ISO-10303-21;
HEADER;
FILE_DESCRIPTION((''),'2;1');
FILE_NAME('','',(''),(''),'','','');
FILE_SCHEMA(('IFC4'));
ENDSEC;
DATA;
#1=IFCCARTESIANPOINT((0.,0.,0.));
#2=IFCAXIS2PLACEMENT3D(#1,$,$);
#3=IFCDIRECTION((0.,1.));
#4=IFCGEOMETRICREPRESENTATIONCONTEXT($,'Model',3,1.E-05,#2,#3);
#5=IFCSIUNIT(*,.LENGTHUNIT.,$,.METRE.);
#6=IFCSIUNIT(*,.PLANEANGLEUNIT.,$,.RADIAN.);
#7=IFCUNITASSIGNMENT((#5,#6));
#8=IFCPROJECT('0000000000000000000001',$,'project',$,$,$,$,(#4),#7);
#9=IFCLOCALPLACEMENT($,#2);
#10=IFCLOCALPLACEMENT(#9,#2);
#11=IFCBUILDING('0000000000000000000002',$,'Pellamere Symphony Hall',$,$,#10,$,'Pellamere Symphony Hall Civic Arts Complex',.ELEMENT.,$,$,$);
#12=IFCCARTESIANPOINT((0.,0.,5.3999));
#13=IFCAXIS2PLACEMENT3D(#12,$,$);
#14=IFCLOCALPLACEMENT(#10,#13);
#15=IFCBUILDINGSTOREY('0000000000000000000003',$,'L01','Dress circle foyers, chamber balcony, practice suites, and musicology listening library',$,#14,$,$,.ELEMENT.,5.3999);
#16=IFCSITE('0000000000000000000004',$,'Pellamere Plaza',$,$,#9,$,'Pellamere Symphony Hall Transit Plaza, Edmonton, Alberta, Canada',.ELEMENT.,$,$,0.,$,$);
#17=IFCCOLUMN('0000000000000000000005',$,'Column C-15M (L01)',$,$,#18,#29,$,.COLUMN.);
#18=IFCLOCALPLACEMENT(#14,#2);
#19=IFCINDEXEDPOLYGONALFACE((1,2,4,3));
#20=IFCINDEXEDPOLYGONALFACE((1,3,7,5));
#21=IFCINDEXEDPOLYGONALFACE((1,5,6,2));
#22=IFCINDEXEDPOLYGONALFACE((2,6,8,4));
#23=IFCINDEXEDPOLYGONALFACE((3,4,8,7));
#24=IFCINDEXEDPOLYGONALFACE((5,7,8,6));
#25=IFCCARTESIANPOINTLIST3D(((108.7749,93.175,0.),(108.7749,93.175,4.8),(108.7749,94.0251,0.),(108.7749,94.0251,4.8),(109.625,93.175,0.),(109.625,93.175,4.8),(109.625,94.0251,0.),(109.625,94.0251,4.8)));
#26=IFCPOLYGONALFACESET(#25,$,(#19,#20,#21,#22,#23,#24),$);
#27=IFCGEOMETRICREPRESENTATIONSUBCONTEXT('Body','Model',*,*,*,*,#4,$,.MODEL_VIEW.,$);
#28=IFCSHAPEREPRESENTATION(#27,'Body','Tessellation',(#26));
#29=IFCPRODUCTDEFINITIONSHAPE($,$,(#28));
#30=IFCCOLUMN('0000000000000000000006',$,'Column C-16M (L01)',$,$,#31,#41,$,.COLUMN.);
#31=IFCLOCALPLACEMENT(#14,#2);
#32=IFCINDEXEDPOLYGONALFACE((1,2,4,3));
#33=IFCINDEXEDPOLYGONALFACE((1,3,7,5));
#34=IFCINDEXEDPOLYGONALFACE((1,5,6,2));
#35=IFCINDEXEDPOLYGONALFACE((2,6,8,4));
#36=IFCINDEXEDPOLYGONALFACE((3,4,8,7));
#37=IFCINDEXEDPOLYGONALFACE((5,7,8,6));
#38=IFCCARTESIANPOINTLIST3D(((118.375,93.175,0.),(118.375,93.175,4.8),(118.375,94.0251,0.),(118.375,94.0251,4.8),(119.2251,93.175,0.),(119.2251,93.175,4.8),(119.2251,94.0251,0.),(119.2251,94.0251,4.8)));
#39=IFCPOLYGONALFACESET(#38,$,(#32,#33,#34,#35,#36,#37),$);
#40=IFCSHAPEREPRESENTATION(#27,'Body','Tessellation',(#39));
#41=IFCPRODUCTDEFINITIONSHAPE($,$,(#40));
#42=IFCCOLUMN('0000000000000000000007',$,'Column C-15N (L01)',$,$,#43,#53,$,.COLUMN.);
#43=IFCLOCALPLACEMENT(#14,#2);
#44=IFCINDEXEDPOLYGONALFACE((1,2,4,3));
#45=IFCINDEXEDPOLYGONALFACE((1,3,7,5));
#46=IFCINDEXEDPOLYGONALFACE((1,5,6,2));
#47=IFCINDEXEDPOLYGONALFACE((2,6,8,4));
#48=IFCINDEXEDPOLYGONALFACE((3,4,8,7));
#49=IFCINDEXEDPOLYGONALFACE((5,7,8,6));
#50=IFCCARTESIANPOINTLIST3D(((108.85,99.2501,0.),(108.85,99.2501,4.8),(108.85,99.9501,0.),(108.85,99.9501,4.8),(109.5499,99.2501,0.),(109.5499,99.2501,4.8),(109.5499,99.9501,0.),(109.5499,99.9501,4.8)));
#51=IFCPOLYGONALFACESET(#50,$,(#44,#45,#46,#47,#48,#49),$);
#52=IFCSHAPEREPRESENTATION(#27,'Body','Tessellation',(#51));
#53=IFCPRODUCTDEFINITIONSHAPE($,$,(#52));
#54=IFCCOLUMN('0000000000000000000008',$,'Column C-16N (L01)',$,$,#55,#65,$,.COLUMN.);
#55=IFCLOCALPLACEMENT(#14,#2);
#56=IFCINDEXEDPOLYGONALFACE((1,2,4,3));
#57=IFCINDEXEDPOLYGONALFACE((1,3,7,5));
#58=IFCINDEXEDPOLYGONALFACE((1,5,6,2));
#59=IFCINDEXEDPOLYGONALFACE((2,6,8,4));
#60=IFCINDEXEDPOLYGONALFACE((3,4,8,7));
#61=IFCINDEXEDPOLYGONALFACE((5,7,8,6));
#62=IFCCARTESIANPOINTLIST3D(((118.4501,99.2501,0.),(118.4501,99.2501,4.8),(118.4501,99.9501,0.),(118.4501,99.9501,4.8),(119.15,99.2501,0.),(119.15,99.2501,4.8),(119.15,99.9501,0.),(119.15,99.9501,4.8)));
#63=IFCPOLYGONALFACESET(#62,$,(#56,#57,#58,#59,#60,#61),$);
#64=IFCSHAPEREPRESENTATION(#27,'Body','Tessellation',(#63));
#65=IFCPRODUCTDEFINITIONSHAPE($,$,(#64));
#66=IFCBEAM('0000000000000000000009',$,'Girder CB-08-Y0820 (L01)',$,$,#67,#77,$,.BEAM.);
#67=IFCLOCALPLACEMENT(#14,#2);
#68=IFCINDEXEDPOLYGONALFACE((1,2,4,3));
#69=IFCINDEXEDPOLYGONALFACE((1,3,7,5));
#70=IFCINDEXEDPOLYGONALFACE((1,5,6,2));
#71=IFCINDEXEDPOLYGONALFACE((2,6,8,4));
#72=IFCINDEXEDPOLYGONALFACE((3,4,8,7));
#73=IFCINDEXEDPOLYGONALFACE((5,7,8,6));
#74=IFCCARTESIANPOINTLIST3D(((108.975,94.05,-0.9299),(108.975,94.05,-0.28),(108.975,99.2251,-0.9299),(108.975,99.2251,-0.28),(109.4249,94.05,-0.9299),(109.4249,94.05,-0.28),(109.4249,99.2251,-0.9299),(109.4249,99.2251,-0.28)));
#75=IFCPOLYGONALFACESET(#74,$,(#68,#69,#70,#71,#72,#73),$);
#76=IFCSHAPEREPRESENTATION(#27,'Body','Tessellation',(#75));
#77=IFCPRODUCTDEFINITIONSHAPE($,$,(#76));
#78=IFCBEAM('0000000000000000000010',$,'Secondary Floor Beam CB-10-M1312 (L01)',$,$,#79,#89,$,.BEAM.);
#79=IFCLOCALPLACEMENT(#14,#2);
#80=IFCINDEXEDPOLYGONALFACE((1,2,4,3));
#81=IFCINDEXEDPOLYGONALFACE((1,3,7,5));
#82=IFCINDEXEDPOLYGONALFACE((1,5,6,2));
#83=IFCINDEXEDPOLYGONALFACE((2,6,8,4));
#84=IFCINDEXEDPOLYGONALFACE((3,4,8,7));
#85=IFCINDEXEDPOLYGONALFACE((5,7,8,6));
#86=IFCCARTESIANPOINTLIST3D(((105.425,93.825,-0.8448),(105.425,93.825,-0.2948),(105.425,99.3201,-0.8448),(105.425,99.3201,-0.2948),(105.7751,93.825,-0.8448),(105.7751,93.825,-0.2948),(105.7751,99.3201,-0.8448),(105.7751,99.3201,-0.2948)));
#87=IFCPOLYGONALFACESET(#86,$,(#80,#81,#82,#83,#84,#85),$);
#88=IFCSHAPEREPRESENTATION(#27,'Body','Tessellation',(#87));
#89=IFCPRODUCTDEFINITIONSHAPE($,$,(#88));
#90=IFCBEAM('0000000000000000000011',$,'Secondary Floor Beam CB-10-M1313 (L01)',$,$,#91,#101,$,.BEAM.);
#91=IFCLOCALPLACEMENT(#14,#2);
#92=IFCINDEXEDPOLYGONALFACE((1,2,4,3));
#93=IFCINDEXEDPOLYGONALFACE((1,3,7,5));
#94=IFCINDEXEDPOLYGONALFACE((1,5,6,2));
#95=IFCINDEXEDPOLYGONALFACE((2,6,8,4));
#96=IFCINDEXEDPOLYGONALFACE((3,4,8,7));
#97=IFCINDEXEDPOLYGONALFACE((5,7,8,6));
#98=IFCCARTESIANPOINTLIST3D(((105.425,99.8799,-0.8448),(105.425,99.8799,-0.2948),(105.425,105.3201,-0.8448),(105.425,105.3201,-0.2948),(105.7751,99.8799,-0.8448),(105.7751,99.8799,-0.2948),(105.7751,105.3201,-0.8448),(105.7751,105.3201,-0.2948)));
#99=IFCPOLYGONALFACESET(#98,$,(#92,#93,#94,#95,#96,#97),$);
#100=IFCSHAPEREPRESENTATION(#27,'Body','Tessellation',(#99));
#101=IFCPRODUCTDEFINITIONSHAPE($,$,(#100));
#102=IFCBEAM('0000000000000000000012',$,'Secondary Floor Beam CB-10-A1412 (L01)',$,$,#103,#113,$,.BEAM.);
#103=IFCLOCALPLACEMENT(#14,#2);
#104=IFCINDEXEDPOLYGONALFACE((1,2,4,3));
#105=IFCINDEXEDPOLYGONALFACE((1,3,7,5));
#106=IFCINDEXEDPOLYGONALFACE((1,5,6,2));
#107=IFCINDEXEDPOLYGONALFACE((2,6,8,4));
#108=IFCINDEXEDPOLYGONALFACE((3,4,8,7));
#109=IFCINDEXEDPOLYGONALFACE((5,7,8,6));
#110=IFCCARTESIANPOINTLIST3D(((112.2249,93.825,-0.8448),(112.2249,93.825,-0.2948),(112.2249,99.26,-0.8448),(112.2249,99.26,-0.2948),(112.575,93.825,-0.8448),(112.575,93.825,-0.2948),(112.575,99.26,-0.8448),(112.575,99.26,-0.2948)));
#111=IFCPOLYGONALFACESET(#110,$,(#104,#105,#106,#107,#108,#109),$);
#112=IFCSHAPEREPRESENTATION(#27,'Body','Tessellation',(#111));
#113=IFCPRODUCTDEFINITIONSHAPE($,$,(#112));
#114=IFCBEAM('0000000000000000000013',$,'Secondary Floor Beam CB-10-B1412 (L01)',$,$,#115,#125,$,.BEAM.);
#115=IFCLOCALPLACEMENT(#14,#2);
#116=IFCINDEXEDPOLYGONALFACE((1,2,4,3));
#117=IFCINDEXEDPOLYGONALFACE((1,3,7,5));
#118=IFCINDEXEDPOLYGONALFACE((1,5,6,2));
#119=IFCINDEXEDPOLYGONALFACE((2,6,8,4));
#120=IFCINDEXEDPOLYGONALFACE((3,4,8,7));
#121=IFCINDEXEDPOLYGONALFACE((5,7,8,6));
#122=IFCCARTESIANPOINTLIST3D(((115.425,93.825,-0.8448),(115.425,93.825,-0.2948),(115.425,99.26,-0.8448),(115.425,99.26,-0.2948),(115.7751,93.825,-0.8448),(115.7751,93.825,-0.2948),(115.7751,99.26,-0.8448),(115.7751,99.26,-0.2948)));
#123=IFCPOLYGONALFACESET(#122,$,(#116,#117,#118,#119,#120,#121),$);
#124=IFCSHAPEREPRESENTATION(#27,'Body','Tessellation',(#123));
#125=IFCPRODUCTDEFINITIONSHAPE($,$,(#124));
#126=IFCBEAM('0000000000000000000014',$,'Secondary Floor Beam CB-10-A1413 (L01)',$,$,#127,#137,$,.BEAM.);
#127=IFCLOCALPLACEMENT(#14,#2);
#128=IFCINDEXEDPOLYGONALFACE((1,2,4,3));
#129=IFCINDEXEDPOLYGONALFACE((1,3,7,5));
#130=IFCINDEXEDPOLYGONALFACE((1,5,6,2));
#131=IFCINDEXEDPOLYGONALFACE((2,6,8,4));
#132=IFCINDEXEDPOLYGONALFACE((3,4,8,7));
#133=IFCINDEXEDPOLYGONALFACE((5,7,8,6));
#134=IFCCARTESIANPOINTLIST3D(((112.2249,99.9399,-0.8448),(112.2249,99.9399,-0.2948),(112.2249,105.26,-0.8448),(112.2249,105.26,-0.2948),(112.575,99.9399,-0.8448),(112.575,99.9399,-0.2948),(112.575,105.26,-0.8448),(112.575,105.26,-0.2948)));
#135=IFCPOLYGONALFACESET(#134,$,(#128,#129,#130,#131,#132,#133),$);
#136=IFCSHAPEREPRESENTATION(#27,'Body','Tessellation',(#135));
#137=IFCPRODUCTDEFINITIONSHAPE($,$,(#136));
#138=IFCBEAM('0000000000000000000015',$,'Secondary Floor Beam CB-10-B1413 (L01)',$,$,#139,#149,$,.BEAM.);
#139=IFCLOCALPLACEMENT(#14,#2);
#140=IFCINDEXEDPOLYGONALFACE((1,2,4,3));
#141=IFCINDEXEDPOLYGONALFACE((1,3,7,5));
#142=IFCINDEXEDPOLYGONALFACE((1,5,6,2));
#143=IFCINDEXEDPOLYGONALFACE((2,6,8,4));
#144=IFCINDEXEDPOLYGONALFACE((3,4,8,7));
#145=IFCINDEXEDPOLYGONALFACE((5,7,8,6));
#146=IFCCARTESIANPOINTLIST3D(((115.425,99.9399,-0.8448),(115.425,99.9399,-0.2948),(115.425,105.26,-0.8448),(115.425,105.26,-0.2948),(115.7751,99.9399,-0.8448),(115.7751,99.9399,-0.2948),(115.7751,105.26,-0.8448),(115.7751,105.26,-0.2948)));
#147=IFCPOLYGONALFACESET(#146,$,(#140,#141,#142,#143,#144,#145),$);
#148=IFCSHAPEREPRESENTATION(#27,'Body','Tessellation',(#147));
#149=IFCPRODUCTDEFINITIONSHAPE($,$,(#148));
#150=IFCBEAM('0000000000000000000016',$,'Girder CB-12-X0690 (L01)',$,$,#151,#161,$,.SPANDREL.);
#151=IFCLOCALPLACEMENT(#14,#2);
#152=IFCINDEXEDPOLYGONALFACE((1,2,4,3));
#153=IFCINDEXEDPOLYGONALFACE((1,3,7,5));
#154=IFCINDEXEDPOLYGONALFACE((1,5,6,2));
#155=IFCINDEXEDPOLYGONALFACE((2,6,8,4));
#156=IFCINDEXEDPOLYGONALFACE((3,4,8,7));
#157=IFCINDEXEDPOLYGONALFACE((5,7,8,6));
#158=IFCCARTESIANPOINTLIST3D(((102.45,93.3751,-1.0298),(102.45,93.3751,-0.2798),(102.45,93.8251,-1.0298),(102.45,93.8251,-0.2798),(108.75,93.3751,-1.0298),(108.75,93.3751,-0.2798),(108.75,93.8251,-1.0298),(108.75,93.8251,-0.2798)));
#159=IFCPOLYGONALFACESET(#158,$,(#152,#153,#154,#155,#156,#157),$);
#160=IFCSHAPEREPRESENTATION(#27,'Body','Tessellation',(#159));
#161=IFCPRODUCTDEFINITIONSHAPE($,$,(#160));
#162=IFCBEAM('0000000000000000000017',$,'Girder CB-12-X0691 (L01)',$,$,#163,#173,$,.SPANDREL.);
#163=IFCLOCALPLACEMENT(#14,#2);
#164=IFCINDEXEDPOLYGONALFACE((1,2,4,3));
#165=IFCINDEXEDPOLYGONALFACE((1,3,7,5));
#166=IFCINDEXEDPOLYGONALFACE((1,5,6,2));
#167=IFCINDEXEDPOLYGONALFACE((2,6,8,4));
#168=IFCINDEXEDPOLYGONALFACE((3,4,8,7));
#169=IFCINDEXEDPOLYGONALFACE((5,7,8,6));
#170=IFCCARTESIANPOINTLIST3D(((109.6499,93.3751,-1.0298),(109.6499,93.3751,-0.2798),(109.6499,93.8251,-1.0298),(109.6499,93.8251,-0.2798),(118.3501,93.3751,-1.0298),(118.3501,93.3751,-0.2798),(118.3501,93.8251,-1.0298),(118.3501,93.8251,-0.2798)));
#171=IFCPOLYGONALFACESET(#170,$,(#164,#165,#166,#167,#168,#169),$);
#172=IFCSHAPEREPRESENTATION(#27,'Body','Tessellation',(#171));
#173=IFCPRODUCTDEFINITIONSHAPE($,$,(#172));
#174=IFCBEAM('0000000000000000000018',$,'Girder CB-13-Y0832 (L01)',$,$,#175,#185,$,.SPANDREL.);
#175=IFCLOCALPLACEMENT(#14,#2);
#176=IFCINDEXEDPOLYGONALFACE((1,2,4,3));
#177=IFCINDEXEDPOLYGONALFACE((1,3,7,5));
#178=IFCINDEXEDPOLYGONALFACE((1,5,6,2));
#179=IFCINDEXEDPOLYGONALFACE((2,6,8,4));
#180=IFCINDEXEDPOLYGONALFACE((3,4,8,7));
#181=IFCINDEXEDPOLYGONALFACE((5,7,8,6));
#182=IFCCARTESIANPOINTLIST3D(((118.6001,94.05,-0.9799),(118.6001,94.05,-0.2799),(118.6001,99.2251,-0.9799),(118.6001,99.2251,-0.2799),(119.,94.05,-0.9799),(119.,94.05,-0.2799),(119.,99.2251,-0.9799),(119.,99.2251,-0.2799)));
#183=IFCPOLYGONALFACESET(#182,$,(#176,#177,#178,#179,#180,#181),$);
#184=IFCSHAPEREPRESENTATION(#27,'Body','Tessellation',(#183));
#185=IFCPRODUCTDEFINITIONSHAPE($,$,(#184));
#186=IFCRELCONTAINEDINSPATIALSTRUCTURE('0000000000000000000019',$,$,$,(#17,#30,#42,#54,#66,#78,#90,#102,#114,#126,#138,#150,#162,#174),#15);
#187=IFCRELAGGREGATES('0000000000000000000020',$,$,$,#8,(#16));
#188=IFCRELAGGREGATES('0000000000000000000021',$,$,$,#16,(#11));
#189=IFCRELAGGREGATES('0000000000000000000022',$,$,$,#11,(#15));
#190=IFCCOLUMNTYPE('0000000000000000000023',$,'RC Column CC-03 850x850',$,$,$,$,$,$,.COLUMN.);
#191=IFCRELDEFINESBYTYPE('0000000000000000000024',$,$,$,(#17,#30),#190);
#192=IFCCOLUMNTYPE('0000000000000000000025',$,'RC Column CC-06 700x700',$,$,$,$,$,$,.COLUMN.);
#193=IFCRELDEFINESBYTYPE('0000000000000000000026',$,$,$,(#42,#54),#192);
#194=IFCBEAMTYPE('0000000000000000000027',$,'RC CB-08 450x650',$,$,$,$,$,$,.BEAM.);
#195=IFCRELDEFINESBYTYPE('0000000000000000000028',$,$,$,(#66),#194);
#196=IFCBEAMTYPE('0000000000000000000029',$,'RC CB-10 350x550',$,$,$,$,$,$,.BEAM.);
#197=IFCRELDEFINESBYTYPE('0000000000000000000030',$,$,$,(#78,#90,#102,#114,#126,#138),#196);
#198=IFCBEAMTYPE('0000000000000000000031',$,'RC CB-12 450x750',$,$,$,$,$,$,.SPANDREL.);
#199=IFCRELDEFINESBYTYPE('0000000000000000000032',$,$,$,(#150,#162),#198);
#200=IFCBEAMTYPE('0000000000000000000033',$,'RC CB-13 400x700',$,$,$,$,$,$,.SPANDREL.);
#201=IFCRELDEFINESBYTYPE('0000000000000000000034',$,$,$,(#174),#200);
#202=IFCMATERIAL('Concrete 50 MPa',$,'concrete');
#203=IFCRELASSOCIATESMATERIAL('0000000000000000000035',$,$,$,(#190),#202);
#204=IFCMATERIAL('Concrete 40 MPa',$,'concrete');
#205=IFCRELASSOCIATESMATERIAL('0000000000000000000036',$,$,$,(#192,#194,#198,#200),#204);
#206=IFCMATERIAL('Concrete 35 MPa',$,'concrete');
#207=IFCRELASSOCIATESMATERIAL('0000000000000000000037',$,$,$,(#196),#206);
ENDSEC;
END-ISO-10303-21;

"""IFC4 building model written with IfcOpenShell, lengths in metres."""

from ifc_helpers import new_model, si_unit, direction, frame, origin, origin_2d, place, context, subcontext, project, spatial, rectangle, extrude, material, material_profile, profile_set, type_object, element, save


model = new_model("IFC4")

# Units and contexts
model_context = context("Model", 3, precision=1e-05, world=origin(), true_north=direction((0.0, 1.0)))
body_context = subcontext(model_context, "Body", "Model", "MODEL_VIEW")
ifc_project = project(units=[si_unit("LENGTHUNIT", "METRE"), si_unit("PLANEANGLEUNIT", "RADIAN")], contexts=[model_context])

# Site, building, storey
site_placement = place(None, origin())
site = spatial("IfcSite", under=ifc_project, at=site_placement, Name="Pellamere Plaza", LongName="Pellamere Symphony Hall Transit Plaza, Edmonton, Alberta, Canada", CompositionType="ELEMENT", RefElevation=0.0)
building_placement = place(site_placement, origin())
building = spatial("IfcBuilding", under=site, at=building_placement, Name="Pellamere Symphony Hall", LongName="Pellamere Symphony Hall Civic Arts Complex", CompositionType="ELEMENT")
storey_placement = place(building_placement, frame((0.0, 0.0, 5.3999)))
storey = spatial("IfcBuildingStorey", under=building, at=storey_placement, Name="L01", Description="Dress circle foyers, chamber balcony, practice suites, and musicology listening library", CompositionType="ELEMENT", Elevation=5.3999)

# Columns
ifc_material_1 = material(Name="Concrete 50 MPa", Category="concrete")
ifc_material_profile_1 = material_profile(ifc_material_1, rectangle(XDim=0.8501, YDim=0.8501, at=origin_2d()), Name="RC 850x850")
ifc_profile_set_1 = profile_set([ifc_material_profile_1], Name="Concrete 50 MPa")
column_type_1 = type_object("IfcColumnType", Name="RC Column CC-03 850x850", PredefinedType="COLUMN", material=ifc_profile_set_1)
for number, where, z_axis, x_axis, name in (
    (1, (109.2, 93.6001, 0.0), (0.0, 0.0, 1.0), (1.0, 0.0, 0.0), "Column C-15M (L01)"),
    (2, (118.8, 93.6001, 0.0), (0.0, 0.0, 1.0), (1.0, 0.0, 0.0), "Column C-16M (L01)"),
):
    element("IfcColumn", number, at=place(storey_placement, frame(where, z_axis=z_axis, x_axis=x_axis)), inside=storey, type_object=column_type_1, Name=name, PredefinedType="COLUMN", context=body_context, shape_type="SweptSolid", body=[
        extrude(rectangle(XDim=0.8501, YDim=0.8501, at=origin_2d()), origin(), (0.0, 0.0, 1.0), 4.8),
    ])
ifc_material_2 = material(Name="Concrete 40 MPa", Category="concrete")
ifc_material_profile_2 = material_profile(ifc_material_2, rectangle(XDim=0.7, YDim=0.7, at=origin_2d()), Name="RC 700x700")
ifc_profile_set_2 = profile_set([ifc_material_profile_2], Name="Concrete 40 MPa")
column_type_2 = type_object("IfcColumnType", Name="RC Column CC-06 700x700", PredefinedType="COLUMN", material=ifc_profile_set_2)
for number, where, z_axis, x_axis, name in (
    (3, (109.2, 99.6001, 0.0), (0.0, 0.0, 1.0), (1.0, 0.0, 0.0), "Column C-15N (L01)"),
    (4, (118.8, 99.6001, 0.0), (0.0, 0.0, 1.0), (1.0, 0.0, 0.0), "Column C-16N (L01)"),
):
    element("IfcColumn", number, at=place(storey_placement, frame(where, z_axis=z_axis, x_axis=x_axis)), inside=storey, type_object=column_type_2, Name=name, PredefinedType="COLUMN", context=body_context, shape_type="SweptSolid", body=[
        extrude(rectangle(XDim=0.7, YDim=0.7, at=origin_2d()), origin(), (0.0, 0.0, 1.0), 4.8),
    ])

# Beams
ifc_material_profile_3 = material_profile(ifc_material_2, rectangle(XDim=0.45, YDim=0.6499, at=origin_2d()), Name="RC 450x650")
ifc_profile_set_3 = profile_set([ifc_material_profile_3], Name="Concrete 40 MPa")
beam_type_1 = type_object("IfcBeamType", Name="RC CB-08 450x650", PredefinedType="BEAM", material=ifc_profile_set_3)
beam_1_placement = place(storey_placement, frame((109.2, 94.05, -0.605), z_axis=(0.0, 1.0, 0.0), x_axis=(-1.0, 0.0, 0.0)))
element("IfcBeam", 5, at=beam_1_placement, inside=storey, type_object=beam_type_1, Name="Girder CB-08-Y0820 (L01)", PredefinedType="BEAM", context=body_context, shape_type="SweptSolid", body=[
    extrude(rectangle(XDim=0.45, YDim=0.6499, at=origin_2d()), origin(), (0.0, 0.0, 1.0), 5.175),
])
ifc_material_3 = material(Name="Concrete 35 MPa", Category="concrete")
ifc_material_profile_4 = material_profile(ifc_material_3, rectangle(XDim=0.3501, YDim=0.55, at=origin_2d()), Name="RC 350x550")
ifc_profile_set_4 = profile_set([ifc_material_profile_4], Name="Concrete 35 MPa")
beam_type_2 = type_object("IfcBeamType", Name="RC CB-10 350x550", PredefinedType="BEAM", material=ifc_profile_set_4)
beam_2_placement = place(storey_placement, frame((105.6001, 93.825, -0.5698), z_axis=(0.0, 1.0, 0.0), x_axis=(-1.0, 0.0, 0.0)))
element("IfcBeam", 6, at=beam_2_placement, inside=storey, type_object=beam_type_2, Name="Secondary Floor Beam CB-10-M1312 (L01)", PredefinedType="BEAM", context=body_context, shape_type="SweptSolid", body=[
    extrude(rectangle(XDim=0.3501, YDim=0.55, at=origin_2d()), origin(), (0.0, 0.0, 1.0), 5.4951),
])
beam_3_placement = place(storey_placement, frame((105.6001, 99.8799, -0.5698), z_axis=(0.0, 1.0, 0.0), x_axis=(-1.0, 0.0, 0.0)))
element("IfcBeam", 7, at=beam_3_placement, inside=storey, type_object=beam_type_2, Name="Secondary Floor Beam CB-10-M1313 (L01)", PredefinedType="BEAM", context=body_context, shape_type="SweptSolid", body=[
    extrude(rectangle(XDim=0.3501, YDim=0.55, at=origin_2d()), origin(), (0.0, 0.0, 1.0), 5.4402),
])
for number, where, z_axis, x_axis, name in (
    (8, (112.3999, 93.825, -0.5698), (0.0, 1.0, 0.0), (-1.0, 0.0, 0.0), "Secondary Floor Beam CB-10-A1412 (L01)"),
    (9, (115.6001, 93.825, -0.5698), (0.0, 1.0, 0.0), (-1.0, 0.0, 0.0), "Secondary Floor Beam CB-10-B1412 (L01)"),
):
    element("IfcBeam", number, at=place(storey_placement, frame(where, z_axis=z_axis, x_axis=x_axis)), inside=storey, type_object=beam_type_2, Name=name, PredefinedType="BEAM", context=body_context, shape_type="SweptSolid", body=[
        extrude(rectangle(XDim=0.3501, YDim=0.55, at=origin_2d()), origin(), (0.0, 0.0, 1.0), 5.4351),
    ])
for number, where, z_axis, x_axis, name in (
    (10, (112.3999, 99.9399, -0.5698), (0.0, 1.0, 0.0), (-1.0, 0.0, 0.0), "Secondary Floor Beam CB-10-A1413 (L01)"),
    (11, (115.6001, 99.9399, -0.5698), (0.0, 1.0, 0.0), (-1.0, 0.0, 0.0), "Secondary Floor Beam CB-10-B1413 (L01)"),
):
    element("IfcBeam", number, at=place(storey_placement, frame(where, z_axis=z_axis, x_axis=x_axis)), inside=storey, type_object=beam_type_2, Name=name, PredefinedType="BEAM", context=body_context, shape_type="SweptSolid", body=[
        extrude(rectangle(XDim=0.3501, YDim=0.55, at=origin_2d()), origin(), (0.0, 0.0, 1.0), 5.3201),
    ])
ifc_material_profile_5 = material_profile(ifc_material_2, rectangle(XDim=0.45, YDim=0.75, at=origin_2d()), Name="RC 450x750")
ifc_profile_set_5 = profile_set([ifc_material_profile_5], Name="Concrete 40 MPa")
beam_type_3 = type_object("IfcBeamType", Name="RC CB-12 450x750", PredefinedType="SPANDREL", material=ifc_profile_set_5)
beam_4_placement = place(storey_placement, frame((102.45, 93.6001, -0.6548), z_axis=(1.0, 0.0, 0.0), x_axis=(0.0, 1.0, 0.0)))
element("IfcBeam", 12, at=beam_4_placement, inside=storey, type_object=beam_type_3, Name="Girder CB-12-X0690 (L01)", PredefinedType="SPANDREL", context=body_context, shape_type="SweptSolid", body=[
    extrude(rectangle(XDim=0.45, YDim=0.75, at=origin_2d()), origin(), (0.0, 0.0, 1.0), 6.3),
])
beam_5_placement = place(storey_placement, frame((109.6499, 93.6001, -0.6548), z_axis=(1.0, 0.0, 0.0), x_axis=(0.0, 1.0, 0.0)))
element("IfcBeam", 13, at=beam_5_placement, inside=storey, type_object=beam_type_3, Name="Girder CB-12-X0691 (L01)", PredefinedType="SPANDREL", context=body_context, shape_type="SweptSolid", body=[
    extrude(rectangle(XDim=0.45, YDim=0.75, at=origin_2d()), origin(), (0.0, 0.0, 1.0), 8.7002),
])
ifc_material_profile_6 = material_profile(ifc_material_2, rectangle(XDim=0.3999, YDim=0.7, at=origin_2d()), Name="RC 400x700")
ifc_profile_set_6 = profile_set([ifc_material_profile_6], Name="Concrete 40 MPa")
beam_type_4 = type_object("IfcBeamType", Name="RC CB-13 400x700", PredefinedType="SPANDREL", material=ifc_profile_set_6)
beam_6_placement = place(storey_placement, frame((118.8, 94.05, -0.6299), z_axis=(0.0, 1.0, 0.0), x_axis=(-1.0, 0.0, 0.0)))
element("IfcBeam", 14, at=beam_6_placement, inside=storey, type_object=beam_type_4, Name="Girder CB-13-Y0832 (L01)", PredefinedType="SPANDREL", context=body_context, shape_type="SweptSolid", body=[
    extrude(rectangle(XDim=0.3999, YDim=0.7, at=origin_2d()), origin(), (0.0, 0.0, 1.0), 5.175),
])

save(model, "model.ifc")
